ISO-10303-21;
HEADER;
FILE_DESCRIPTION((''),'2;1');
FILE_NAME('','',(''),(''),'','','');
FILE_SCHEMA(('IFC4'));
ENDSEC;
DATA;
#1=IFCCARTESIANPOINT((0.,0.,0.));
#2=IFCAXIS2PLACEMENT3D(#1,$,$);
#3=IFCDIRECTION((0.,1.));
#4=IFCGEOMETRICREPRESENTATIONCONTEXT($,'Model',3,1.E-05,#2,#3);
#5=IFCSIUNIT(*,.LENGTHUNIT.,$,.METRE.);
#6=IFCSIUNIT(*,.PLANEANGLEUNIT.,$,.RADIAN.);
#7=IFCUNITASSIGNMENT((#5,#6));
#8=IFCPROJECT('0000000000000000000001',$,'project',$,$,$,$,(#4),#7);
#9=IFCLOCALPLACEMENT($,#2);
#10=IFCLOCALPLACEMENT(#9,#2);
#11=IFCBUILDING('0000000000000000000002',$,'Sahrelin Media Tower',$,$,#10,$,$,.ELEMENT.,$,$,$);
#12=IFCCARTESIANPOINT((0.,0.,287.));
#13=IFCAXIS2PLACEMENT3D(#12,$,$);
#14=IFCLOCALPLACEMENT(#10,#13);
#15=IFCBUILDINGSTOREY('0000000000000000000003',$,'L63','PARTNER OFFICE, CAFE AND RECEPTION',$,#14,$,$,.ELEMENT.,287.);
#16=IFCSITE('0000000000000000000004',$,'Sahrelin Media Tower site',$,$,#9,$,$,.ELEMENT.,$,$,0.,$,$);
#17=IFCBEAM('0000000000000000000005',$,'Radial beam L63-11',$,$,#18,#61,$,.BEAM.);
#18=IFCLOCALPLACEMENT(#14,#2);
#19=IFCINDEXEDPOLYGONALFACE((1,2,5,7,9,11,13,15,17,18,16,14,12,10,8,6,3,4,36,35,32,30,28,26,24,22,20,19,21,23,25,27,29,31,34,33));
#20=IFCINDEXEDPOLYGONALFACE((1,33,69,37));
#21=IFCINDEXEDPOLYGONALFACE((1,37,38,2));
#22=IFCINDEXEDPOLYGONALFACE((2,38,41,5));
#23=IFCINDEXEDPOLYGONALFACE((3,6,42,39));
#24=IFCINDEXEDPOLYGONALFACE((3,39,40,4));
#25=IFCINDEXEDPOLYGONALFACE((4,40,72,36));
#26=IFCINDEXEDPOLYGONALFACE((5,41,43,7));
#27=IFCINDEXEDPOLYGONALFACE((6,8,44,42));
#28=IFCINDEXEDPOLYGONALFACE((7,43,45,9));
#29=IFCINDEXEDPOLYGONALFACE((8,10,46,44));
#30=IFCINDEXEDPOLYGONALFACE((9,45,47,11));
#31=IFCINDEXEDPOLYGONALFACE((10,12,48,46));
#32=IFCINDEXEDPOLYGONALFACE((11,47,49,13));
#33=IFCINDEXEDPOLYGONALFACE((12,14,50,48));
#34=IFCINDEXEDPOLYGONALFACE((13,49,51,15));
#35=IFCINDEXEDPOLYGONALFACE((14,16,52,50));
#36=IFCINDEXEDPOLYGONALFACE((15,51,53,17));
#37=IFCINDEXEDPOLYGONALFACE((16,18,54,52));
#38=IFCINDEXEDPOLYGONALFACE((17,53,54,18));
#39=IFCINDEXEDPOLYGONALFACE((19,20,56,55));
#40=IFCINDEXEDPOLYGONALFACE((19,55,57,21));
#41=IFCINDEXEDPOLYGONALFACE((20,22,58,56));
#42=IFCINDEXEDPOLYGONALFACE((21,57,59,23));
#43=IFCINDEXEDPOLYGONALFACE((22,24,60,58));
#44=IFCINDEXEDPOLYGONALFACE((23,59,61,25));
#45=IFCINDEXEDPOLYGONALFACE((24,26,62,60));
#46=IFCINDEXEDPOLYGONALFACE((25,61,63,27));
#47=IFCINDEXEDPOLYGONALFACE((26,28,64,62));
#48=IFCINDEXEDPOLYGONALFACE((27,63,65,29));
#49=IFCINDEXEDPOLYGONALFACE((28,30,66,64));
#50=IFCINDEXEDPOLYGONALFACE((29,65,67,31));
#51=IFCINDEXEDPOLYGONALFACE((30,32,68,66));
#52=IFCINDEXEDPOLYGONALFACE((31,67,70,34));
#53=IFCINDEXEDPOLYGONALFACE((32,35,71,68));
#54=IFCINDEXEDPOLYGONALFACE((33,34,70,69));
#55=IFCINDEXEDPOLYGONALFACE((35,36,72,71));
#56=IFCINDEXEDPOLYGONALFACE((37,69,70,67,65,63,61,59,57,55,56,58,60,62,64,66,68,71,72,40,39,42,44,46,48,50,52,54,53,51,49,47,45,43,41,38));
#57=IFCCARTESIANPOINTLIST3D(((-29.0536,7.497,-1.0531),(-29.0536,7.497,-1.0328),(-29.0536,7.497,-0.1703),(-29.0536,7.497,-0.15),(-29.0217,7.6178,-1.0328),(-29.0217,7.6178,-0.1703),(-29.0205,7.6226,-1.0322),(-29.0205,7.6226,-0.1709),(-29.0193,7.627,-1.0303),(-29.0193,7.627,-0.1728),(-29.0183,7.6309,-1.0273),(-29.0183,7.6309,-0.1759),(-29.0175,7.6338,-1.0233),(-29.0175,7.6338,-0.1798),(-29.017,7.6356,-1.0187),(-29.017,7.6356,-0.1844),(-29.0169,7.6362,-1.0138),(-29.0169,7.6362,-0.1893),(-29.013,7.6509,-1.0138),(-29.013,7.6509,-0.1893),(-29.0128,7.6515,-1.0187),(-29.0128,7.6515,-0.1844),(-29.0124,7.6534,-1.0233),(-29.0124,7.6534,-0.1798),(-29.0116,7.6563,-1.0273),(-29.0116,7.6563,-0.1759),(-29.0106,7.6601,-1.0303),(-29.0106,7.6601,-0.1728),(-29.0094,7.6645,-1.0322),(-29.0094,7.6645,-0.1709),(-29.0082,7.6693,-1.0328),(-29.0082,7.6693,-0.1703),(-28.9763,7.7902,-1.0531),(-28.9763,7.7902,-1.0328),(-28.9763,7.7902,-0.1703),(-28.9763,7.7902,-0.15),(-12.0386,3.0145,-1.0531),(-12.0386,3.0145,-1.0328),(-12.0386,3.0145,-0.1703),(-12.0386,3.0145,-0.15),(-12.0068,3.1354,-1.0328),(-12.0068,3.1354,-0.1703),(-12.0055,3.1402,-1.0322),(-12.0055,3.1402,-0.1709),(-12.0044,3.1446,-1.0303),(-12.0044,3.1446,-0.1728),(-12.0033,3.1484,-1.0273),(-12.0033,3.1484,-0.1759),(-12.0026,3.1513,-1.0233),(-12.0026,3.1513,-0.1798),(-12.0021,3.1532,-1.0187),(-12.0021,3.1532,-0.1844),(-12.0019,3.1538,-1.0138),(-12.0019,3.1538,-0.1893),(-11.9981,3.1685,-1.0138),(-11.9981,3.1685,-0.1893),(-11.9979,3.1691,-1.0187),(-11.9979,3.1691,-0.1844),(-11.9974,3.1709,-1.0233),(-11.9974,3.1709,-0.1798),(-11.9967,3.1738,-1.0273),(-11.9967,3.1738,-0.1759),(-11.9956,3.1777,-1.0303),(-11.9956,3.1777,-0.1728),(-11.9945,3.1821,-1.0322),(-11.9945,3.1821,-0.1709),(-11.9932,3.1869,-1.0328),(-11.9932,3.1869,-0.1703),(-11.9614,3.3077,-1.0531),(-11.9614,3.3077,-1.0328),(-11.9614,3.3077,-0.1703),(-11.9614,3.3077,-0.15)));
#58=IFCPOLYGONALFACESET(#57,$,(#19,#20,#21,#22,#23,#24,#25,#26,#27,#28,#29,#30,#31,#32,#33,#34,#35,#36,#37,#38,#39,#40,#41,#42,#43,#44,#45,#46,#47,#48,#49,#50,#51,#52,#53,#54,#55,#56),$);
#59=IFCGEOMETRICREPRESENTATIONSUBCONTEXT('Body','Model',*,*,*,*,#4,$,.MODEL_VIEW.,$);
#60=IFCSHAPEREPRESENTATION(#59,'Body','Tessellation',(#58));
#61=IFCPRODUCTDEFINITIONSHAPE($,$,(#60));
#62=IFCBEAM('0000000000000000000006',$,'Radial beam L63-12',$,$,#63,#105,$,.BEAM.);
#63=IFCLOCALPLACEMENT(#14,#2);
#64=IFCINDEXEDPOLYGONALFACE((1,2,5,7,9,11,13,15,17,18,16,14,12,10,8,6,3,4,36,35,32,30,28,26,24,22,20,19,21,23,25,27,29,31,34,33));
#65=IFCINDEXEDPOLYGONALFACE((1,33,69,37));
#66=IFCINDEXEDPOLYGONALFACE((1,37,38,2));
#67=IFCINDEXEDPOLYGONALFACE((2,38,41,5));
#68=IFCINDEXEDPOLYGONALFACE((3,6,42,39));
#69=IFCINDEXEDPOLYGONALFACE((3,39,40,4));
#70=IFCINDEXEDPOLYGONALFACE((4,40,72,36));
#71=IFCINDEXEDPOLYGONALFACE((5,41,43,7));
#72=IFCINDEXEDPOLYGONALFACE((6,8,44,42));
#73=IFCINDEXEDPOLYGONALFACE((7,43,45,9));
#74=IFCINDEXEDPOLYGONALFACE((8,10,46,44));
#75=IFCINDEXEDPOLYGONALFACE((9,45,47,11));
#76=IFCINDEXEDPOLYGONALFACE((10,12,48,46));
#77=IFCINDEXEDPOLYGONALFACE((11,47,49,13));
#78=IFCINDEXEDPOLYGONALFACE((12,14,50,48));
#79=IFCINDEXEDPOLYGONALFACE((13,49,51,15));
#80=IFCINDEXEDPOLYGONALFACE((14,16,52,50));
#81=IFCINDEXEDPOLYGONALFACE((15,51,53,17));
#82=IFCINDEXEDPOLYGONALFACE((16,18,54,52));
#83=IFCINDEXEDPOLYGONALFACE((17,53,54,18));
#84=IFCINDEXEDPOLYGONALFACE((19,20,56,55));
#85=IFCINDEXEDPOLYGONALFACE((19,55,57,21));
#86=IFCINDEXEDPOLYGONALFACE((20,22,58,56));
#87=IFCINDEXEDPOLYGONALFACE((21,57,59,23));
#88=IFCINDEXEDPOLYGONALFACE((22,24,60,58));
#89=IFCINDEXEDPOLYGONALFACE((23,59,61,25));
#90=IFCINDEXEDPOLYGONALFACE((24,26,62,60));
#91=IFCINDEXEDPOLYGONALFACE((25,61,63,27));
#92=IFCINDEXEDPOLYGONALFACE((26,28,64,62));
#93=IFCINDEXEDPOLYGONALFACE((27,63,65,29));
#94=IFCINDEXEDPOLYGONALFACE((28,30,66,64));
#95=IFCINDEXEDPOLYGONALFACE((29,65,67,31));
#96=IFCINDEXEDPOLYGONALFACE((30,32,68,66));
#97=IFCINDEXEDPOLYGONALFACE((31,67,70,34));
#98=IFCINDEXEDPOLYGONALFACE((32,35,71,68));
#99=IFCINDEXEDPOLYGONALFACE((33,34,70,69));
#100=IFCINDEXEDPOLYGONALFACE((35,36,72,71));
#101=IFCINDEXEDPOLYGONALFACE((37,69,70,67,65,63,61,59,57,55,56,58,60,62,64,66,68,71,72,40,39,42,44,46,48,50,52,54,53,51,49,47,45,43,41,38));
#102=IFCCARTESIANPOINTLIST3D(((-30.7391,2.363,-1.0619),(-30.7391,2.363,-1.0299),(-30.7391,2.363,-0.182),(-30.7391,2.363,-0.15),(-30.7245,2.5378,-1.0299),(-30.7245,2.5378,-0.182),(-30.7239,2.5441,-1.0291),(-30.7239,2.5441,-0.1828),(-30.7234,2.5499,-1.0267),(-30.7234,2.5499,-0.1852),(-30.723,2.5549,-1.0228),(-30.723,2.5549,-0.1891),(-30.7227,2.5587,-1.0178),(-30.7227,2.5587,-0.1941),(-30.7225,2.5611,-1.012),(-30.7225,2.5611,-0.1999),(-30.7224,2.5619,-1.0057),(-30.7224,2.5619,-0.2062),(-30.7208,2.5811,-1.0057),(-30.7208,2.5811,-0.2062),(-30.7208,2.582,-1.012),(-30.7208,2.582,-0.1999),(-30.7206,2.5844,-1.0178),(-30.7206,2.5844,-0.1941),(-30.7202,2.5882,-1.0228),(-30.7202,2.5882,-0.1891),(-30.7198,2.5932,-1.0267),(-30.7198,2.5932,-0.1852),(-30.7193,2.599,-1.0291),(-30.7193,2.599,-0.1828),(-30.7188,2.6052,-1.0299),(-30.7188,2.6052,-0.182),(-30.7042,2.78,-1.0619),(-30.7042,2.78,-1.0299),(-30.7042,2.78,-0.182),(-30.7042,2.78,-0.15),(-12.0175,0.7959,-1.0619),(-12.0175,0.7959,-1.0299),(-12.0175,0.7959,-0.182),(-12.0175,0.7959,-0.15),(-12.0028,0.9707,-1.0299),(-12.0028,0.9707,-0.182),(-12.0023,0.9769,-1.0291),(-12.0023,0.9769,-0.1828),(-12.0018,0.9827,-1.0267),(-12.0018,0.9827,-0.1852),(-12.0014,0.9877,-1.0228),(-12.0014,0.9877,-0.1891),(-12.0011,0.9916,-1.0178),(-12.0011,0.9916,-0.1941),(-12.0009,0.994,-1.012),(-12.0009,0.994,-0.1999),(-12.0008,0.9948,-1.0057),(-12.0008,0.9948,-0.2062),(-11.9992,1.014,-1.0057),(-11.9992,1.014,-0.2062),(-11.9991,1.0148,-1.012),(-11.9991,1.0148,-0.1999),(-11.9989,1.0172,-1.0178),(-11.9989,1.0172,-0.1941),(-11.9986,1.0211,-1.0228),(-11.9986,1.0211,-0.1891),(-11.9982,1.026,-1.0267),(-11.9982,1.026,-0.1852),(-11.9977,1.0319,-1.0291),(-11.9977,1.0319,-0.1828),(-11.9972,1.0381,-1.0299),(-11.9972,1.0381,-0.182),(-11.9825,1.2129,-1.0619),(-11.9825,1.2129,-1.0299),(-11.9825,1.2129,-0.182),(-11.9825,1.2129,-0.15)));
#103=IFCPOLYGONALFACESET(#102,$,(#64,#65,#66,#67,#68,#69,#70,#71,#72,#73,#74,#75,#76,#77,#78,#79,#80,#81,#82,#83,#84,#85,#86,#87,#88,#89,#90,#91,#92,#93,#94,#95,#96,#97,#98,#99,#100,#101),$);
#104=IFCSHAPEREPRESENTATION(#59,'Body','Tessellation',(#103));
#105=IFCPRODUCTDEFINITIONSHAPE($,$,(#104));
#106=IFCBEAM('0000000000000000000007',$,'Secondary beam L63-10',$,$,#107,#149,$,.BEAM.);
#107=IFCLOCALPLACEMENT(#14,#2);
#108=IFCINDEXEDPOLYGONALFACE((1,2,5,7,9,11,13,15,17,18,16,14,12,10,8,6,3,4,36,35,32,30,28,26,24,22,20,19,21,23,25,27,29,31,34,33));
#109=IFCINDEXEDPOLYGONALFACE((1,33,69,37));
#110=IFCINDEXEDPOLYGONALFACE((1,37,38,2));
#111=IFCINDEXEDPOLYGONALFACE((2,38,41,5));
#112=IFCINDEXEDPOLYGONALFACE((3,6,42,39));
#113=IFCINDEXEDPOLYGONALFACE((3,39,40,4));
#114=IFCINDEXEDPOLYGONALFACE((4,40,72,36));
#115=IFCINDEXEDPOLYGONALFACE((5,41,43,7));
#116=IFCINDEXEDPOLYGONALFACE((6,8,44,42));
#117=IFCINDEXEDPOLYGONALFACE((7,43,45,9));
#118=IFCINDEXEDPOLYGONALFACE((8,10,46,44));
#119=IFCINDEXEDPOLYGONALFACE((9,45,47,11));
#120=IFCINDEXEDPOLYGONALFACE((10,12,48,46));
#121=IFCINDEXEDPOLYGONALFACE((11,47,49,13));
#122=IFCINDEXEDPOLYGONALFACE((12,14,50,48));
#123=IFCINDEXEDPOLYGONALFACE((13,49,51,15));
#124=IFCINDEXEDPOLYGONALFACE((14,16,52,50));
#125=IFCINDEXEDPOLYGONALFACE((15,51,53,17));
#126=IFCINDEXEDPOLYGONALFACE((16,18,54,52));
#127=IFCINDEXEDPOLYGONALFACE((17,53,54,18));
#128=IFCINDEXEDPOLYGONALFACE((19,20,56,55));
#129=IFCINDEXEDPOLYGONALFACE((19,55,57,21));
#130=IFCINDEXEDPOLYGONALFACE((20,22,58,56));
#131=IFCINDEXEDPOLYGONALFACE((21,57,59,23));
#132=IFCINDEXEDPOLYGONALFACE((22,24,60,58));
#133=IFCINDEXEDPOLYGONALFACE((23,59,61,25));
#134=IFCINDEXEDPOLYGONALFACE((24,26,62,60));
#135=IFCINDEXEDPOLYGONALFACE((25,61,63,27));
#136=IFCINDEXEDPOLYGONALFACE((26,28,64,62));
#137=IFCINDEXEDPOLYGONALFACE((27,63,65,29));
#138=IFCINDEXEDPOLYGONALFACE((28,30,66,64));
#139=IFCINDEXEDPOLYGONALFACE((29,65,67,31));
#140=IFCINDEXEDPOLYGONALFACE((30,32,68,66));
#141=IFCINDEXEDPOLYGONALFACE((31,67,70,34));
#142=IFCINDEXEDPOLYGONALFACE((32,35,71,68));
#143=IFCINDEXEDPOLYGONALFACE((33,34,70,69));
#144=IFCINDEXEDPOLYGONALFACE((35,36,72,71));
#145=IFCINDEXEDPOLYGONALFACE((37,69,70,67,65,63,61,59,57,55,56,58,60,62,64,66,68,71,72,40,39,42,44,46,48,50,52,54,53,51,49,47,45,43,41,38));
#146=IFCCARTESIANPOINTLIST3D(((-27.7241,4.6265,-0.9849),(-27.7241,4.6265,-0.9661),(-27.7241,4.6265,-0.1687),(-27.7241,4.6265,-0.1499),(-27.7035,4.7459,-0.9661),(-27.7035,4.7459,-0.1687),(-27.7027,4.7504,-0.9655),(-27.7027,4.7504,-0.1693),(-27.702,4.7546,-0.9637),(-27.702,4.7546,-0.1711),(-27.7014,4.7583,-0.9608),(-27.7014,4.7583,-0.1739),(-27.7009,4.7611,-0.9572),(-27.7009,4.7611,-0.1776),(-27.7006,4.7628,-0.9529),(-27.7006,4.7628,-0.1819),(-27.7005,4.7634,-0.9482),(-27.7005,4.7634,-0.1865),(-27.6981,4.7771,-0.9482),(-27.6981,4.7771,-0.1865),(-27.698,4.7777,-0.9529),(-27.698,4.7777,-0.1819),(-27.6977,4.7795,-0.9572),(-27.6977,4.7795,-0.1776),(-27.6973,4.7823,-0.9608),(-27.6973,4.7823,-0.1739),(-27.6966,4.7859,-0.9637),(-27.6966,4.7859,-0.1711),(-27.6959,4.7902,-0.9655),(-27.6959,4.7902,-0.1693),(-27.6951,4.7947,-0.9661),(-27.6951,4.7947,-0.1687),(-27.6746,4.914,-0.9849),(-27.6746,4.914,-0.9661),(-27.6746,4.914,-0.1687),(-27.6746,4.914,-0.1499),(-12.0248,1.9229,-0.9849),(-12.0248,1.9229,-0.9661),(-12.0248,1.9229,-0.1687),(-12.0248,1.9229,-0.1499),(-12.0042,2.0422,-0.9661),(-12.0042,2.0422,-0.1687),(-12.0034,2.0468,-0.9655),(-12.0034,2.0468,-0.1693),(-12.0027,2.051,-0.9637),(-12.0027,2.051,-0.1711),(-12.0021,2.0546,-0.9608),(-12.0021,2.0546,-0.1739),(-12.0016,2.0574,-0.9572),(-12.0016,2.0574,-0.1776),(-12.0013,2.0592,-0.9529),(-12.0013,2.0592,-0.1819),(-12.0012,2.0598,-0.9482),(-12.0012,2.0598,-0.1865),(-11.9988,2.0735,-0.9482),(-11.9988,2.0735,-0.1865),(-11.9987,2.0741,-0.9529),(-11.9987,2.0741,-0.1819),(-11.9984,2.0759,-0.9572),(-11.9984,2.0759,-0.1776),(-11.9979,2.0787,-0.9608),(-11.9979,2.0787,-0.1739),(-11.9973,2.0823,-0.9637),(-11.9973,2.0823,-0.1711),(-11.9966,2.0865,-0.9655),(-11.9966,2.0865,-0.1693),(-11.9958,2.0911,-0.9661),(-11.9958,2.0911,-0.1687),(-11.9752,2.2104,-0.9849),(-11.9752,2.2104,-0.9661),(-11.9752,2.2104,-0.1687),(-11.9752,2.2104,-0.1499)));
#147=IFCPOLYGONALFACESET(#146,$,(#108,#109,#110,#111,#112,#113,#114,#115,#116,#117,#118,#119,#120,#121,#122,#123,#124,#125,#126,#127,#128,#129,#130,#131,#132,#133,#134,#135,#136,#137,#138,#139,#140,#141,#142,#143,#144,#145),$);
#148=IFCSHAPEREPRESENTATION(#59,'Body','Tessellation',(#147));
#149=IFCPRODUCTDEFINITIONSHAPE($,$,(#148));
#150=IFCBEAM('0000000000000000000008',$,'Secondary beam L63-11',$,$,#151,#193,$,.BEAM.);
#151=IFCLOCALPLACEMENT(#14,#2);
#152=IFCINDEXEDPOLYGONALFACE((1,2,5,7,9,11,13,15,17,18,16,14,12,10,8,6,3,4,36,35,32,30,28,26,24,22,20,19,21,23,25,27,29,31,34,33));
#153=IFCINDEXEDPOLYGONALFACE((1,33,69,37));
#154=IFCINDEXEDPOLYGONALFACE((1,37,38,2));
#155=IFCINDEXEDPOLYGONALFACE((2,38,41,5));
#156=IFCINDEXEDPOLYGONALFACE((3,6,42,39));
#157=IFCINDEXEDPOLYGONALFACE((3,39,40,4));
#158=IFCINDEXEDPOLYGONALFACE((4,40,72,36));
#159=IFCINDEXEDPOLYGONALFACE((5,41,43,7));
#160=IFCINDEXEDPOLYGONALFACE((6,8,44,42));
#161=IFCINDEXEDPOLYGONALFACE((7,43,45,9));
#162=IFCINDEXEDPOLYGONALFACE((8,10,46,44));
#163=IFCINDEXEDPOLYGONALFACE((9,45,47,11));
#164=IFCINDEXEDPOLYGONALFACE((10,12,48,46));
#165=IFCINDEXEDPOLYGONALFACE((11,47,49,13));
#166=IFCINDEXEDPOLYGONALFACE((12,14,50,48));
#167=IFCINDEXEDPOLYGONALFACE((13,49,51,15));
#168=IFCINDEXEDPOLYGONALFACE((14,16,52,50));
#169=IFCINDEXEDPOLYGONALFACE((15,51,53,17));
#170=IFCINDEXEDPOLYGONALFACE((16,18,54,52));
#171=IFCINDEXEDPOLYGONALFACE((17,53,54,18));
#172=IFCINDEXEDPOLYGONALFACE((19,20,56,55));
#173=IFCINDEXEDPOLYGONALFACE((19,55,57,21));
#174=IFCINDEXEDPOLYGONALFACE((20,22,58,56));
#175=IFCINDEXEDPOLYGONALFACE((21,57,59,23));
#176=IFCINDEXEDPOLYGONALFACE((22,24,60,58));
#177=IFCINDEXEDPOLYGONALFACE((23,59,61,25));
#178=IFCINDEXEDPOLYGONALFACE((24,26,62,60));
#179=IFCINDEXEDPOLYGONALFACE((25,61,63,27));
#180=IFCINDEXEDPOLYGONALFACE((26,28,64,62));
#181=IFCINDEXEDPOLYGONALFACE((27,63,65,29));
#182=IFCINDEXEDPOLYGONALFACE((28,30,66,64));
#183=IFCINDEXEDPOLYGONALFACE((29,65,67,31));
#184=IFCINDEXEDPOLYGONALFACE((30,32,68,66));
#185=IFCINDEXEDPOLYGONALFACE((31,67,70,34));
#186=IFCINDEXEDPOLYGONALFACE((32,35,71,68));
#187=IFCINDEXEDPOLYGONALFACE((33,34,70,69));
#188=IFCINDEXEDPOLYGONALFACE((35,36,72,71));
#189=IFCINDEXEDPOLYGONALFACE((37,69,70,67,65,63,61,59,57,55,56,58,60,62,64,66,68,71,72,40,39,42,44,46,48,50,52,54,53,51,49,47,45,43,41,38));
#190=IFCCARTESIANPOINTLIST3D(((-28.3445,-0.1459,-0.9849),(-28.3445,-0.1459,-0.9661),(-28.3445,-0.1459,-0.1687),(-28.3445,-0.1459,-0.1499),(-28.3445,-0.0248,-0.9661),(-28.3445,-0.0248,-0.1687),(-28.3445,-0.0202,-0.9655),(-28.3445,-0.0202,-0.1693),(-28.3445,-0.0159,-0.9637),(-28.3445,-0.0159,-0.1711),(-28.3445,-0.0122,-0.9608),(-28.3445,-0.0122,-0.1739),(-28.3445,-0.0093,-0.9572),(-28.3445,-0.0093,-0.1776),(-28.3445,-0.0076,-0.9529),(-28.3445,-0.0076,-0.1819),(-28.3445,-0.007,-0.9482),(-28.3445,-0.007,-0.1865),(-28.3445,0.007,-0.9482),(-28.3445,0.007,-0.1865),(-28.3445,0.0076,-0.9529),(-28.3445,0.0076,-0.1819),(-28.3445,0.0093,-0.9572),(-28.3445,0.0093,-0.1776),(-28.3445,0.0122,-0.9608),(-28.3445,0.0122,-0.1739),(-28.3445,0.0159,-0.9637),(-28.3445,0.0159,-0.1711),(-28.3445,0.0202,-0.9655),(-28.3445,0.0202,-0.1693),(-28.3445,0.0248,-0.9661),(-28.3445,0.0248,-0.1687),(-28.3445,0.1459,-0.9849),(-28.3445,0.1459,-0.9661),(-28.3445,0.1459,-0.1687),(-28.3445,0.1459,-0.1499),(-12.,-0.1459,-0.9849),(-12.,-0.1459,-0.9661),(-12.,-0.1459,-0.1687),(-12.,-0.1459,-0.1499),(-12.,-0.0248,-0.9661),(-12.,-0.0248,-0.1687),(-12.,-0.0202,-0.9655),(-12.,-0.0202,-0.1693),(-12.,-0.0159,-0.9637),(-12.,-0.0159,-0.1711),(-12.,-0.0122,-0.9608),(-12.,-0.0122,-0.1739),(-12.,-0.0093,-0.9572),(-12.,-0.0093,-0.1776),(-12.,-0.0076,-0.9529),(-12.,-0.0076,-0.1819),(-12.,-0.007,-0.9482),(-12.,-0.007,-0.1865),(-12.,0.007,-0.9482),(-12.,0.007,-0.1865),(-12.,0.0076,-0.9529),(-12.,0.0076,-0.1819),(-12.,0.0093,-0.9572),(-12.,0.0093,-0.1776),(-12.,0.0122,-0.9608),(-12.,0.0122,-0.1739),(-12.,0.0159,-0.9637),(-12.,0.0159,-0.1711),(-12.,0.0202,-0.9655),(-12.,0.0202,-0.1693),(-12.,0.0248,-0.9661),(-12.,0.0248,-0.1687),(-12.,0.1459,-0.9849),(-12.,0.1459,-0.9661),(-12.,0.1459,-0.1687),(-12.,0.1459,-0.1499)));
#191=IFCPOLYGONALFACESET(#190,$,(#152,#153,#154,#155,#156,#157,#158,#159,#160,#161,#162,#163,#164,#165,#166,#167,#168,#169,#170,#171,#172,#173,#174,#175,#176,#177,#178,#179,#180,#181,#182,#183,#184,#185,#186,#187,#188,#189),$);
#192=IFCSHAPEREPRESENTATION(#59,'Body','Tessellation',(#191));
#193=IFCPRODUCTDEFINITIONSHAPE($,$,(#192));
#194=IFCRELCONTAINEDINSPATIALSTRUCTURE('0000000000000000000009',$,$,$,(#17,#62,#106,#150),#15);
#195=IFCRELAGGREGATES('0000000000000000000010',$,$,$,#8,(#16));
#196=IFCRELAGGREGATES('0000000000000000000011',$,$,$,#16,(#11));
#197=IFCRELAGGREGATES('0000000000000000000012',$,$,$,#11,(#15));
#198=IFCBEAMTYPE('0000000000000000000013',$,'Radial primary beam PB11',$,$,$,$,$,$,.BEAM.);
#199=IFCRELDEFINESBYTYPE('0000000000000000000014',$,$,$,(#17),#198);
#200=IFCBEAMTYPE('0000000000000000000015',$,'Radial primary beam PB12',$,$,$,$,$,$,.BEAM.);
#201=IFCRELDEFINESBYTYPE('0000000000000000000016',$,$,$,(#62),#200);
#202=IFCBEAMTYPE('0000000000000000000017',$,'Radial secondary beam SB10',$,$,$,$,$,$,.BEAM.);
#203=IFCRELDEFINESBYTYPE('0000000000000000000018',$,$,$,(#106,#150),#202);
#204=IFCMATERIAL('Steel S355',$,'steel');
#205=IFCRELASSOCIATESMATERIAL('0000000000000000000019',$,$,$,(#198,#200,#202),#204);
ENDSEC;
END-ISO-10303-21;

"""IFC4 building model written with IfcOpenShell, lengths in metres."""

from ifc_helpers import new_model, si_unit, direction, frame, origin, origin_2d, place, context, subcontext, project, spatial, i_section, extrude, material, material_profile, profile_set, type_object, element, save


model = new_model("IFC4")

# Units and contexts
model_context = context("Model", 3, precision=1e-05, world=origin(), true_north=direction((0.0, 1.0)))
body_context = subcontext(model_context, "Body", "Model", "MODEL_VIEW")
ifc_project = project(units=[si_unit("LENGTHUNIT", "METRE"), si_unit("PLANEANGLEUNIT", "RADIAN")], contexts=[model_context])

# Site, building, storey
site_placement = place(None, origin())
site = spatial("IfcSite", under=ifc_project, at=site_placement, Name="Sahrelin Media Tower site", CompositionType="ELEMENT", RefElevation=0.0)
building_placement = place(site_placement, origin())
building = spatial("IfcBuilding", under=site, at=building_placement, Name="Sahrelin Media Tower", CompositionType="ELEMENT")
storey_placement = place(building_placement, frame((0.0, 0.0, 287.0)))
storey = spatial("IfcBuildingStorey", under=building, at=storey_placement, Name="L63", Description="PARTNER OFFICE, CAFE AND RECEPTION", CompositionType="ELEMENT", Elevation=287.0)

# Beams
ifc_material_1 = material(Name="Steel S355", Category="steel")
ifc_material_profile_1 = material_profile(ifc_material_1, i_section(OverallWidth=0.3032, OverallDepth=0.9031, WebThickness=0.0151, FlangeThickness=0.0203, FilletRadius=0.019, at=origin_2d()), Name="UB 914x305x201")
ifc_profile_set_1 = profile_set([ifc_material_profile_1], Name="Steel S355")
beam_type_1 = type_object("IfcBeamType", Name="Radial primary beam PB11", PredefinedType="BEAM", material=ifc_profile_set_1)
beam_1_placement = place(storey_placement, frame((-12.0, 3.1611, -0.6016), z_axis=(-0.967007, 0.254749, 0.0), x_axis=(-0.254749, -0.967007, 0.0)))
element("IfcBeam", 1, at=beam_1_placement, inside=storey, type_object=beam_type_1, Name="Radial beam L63-11", PredefinedType="BEAM", context=body_context, shape_type="SweptSolid", body=[
    extrude(i_section(OverallWidth=0.3032, OverallDepth=0.9031, WebThickness=0.0151, FlangeThickness=0.0203, FilletRadius=0.019, at=origin_2d()), origin(), (0.0, 0.0, 1.0), 17.5955),
])
ifc_material_profile_2 = material_profile(ifc_material_1, i_section(OverallWidth=0.4185, OverallDepth=0.9119, WebThickness=0.0193, FlangeThickness=0.032, FilletRadius=0.0242, at=origin_2d()), Name="UB 914x419x343")
ifc_profile_set_2 = profile_set([ifc_material_profile_2], Name="Steel S355")
beam_type_2 = type_object("IfcBeamType", Name="Radial primary beam PB12", PredefinedType="BEAM", material=ifc_profile_set_2)
beam_2_placement = place(storey_placement, frame((-12.0, 1.0044, -0.606), z_axis=(-0.996515, 0.083415, 0.0), x_axis=(-0.083415, -0.996515, 0.0)))
element("IfcBeam", 2, at=beam_2_placement, inside=storey, type_object=beam_type_2, Name="Radial beam L63-12", PredefinedType="BEAM", context=body_context, shape_type="SweptSolid", body=[
    extrude(i_section(OverallWidth=0.4185, OverallDepth=0.9119, WebThickness=0.0193, FlangeThickness=0.032, FilletRadius=0.0242, at=origin_2d()), origin(), (0.0, 0.0, 1.0), 18.7871),
])
ifc_material_profile_3 = material_profile(ifc_material_1, i_section(OverallWidth=0.2917, OverallDepth=0.835, WebThickness=0.0139, FlangeThickness=0.0188, FilletRadius=0.0178, at=origin_2d()), Name="UB 838x292x176")
ifc_profile_set_3 = profile_set([ifc_material_profile_3], Name="Steel S355")
beam_type_3 = type_object("IfcBeamType", Name="Radial secondary beam SB10", PredefinedType="BEAM", material=ifc_profile_set_3)
beam_3_placement = place(storey_placement, frame((-12.0, 2.0667, -0.5674), z_axis=(-0.985493, 0.169715, 0.0), x_axis=(-0.169715, -0.985493, 0.0)))
element("IfcBeam", 3, at=beam_3_placement, inside=storey, type_object=beam_type_3, Name="Secondary beam L63-10", PredefinedType="BEAM", context=body_context, shape_type="SweptSolid", body=[
    extrude(i_section(OverallWidth=0.2917, OverallDepth=0.835, WebThickness=0.0139, FlangeThickness=0.0188, FilletRadius=0.0178, at=origin_2d()), origin(), (0.0, 0.0, 1.0), 15.9304),
])
beam_4_placement = place(storey_placement, frame((-12.0, 0.0, -0.5674), z_axis=(-1.0, 0.0, 0.0), x_axis=(0.0, -1.0, 0.0)))
element("IfcBeam", 4, at=beam_4_placement, inside=storey, type_object=beam_type_3, Name="Secondary beam L63-11", PredefinedType="BEAM", context=body_context, shape_type="SweptSolid", body=[
    extrude(i_section(OverallWidth=0.2917, OverallDepth=0.835, WebThickness=0.0139, FlangeThickness=0.0188, FilletRadius=0.0178, at=origin_2d()), origin(), (0.0, 0.0, 1.0), 16.3445),
])

save(model, "model.ifc")
